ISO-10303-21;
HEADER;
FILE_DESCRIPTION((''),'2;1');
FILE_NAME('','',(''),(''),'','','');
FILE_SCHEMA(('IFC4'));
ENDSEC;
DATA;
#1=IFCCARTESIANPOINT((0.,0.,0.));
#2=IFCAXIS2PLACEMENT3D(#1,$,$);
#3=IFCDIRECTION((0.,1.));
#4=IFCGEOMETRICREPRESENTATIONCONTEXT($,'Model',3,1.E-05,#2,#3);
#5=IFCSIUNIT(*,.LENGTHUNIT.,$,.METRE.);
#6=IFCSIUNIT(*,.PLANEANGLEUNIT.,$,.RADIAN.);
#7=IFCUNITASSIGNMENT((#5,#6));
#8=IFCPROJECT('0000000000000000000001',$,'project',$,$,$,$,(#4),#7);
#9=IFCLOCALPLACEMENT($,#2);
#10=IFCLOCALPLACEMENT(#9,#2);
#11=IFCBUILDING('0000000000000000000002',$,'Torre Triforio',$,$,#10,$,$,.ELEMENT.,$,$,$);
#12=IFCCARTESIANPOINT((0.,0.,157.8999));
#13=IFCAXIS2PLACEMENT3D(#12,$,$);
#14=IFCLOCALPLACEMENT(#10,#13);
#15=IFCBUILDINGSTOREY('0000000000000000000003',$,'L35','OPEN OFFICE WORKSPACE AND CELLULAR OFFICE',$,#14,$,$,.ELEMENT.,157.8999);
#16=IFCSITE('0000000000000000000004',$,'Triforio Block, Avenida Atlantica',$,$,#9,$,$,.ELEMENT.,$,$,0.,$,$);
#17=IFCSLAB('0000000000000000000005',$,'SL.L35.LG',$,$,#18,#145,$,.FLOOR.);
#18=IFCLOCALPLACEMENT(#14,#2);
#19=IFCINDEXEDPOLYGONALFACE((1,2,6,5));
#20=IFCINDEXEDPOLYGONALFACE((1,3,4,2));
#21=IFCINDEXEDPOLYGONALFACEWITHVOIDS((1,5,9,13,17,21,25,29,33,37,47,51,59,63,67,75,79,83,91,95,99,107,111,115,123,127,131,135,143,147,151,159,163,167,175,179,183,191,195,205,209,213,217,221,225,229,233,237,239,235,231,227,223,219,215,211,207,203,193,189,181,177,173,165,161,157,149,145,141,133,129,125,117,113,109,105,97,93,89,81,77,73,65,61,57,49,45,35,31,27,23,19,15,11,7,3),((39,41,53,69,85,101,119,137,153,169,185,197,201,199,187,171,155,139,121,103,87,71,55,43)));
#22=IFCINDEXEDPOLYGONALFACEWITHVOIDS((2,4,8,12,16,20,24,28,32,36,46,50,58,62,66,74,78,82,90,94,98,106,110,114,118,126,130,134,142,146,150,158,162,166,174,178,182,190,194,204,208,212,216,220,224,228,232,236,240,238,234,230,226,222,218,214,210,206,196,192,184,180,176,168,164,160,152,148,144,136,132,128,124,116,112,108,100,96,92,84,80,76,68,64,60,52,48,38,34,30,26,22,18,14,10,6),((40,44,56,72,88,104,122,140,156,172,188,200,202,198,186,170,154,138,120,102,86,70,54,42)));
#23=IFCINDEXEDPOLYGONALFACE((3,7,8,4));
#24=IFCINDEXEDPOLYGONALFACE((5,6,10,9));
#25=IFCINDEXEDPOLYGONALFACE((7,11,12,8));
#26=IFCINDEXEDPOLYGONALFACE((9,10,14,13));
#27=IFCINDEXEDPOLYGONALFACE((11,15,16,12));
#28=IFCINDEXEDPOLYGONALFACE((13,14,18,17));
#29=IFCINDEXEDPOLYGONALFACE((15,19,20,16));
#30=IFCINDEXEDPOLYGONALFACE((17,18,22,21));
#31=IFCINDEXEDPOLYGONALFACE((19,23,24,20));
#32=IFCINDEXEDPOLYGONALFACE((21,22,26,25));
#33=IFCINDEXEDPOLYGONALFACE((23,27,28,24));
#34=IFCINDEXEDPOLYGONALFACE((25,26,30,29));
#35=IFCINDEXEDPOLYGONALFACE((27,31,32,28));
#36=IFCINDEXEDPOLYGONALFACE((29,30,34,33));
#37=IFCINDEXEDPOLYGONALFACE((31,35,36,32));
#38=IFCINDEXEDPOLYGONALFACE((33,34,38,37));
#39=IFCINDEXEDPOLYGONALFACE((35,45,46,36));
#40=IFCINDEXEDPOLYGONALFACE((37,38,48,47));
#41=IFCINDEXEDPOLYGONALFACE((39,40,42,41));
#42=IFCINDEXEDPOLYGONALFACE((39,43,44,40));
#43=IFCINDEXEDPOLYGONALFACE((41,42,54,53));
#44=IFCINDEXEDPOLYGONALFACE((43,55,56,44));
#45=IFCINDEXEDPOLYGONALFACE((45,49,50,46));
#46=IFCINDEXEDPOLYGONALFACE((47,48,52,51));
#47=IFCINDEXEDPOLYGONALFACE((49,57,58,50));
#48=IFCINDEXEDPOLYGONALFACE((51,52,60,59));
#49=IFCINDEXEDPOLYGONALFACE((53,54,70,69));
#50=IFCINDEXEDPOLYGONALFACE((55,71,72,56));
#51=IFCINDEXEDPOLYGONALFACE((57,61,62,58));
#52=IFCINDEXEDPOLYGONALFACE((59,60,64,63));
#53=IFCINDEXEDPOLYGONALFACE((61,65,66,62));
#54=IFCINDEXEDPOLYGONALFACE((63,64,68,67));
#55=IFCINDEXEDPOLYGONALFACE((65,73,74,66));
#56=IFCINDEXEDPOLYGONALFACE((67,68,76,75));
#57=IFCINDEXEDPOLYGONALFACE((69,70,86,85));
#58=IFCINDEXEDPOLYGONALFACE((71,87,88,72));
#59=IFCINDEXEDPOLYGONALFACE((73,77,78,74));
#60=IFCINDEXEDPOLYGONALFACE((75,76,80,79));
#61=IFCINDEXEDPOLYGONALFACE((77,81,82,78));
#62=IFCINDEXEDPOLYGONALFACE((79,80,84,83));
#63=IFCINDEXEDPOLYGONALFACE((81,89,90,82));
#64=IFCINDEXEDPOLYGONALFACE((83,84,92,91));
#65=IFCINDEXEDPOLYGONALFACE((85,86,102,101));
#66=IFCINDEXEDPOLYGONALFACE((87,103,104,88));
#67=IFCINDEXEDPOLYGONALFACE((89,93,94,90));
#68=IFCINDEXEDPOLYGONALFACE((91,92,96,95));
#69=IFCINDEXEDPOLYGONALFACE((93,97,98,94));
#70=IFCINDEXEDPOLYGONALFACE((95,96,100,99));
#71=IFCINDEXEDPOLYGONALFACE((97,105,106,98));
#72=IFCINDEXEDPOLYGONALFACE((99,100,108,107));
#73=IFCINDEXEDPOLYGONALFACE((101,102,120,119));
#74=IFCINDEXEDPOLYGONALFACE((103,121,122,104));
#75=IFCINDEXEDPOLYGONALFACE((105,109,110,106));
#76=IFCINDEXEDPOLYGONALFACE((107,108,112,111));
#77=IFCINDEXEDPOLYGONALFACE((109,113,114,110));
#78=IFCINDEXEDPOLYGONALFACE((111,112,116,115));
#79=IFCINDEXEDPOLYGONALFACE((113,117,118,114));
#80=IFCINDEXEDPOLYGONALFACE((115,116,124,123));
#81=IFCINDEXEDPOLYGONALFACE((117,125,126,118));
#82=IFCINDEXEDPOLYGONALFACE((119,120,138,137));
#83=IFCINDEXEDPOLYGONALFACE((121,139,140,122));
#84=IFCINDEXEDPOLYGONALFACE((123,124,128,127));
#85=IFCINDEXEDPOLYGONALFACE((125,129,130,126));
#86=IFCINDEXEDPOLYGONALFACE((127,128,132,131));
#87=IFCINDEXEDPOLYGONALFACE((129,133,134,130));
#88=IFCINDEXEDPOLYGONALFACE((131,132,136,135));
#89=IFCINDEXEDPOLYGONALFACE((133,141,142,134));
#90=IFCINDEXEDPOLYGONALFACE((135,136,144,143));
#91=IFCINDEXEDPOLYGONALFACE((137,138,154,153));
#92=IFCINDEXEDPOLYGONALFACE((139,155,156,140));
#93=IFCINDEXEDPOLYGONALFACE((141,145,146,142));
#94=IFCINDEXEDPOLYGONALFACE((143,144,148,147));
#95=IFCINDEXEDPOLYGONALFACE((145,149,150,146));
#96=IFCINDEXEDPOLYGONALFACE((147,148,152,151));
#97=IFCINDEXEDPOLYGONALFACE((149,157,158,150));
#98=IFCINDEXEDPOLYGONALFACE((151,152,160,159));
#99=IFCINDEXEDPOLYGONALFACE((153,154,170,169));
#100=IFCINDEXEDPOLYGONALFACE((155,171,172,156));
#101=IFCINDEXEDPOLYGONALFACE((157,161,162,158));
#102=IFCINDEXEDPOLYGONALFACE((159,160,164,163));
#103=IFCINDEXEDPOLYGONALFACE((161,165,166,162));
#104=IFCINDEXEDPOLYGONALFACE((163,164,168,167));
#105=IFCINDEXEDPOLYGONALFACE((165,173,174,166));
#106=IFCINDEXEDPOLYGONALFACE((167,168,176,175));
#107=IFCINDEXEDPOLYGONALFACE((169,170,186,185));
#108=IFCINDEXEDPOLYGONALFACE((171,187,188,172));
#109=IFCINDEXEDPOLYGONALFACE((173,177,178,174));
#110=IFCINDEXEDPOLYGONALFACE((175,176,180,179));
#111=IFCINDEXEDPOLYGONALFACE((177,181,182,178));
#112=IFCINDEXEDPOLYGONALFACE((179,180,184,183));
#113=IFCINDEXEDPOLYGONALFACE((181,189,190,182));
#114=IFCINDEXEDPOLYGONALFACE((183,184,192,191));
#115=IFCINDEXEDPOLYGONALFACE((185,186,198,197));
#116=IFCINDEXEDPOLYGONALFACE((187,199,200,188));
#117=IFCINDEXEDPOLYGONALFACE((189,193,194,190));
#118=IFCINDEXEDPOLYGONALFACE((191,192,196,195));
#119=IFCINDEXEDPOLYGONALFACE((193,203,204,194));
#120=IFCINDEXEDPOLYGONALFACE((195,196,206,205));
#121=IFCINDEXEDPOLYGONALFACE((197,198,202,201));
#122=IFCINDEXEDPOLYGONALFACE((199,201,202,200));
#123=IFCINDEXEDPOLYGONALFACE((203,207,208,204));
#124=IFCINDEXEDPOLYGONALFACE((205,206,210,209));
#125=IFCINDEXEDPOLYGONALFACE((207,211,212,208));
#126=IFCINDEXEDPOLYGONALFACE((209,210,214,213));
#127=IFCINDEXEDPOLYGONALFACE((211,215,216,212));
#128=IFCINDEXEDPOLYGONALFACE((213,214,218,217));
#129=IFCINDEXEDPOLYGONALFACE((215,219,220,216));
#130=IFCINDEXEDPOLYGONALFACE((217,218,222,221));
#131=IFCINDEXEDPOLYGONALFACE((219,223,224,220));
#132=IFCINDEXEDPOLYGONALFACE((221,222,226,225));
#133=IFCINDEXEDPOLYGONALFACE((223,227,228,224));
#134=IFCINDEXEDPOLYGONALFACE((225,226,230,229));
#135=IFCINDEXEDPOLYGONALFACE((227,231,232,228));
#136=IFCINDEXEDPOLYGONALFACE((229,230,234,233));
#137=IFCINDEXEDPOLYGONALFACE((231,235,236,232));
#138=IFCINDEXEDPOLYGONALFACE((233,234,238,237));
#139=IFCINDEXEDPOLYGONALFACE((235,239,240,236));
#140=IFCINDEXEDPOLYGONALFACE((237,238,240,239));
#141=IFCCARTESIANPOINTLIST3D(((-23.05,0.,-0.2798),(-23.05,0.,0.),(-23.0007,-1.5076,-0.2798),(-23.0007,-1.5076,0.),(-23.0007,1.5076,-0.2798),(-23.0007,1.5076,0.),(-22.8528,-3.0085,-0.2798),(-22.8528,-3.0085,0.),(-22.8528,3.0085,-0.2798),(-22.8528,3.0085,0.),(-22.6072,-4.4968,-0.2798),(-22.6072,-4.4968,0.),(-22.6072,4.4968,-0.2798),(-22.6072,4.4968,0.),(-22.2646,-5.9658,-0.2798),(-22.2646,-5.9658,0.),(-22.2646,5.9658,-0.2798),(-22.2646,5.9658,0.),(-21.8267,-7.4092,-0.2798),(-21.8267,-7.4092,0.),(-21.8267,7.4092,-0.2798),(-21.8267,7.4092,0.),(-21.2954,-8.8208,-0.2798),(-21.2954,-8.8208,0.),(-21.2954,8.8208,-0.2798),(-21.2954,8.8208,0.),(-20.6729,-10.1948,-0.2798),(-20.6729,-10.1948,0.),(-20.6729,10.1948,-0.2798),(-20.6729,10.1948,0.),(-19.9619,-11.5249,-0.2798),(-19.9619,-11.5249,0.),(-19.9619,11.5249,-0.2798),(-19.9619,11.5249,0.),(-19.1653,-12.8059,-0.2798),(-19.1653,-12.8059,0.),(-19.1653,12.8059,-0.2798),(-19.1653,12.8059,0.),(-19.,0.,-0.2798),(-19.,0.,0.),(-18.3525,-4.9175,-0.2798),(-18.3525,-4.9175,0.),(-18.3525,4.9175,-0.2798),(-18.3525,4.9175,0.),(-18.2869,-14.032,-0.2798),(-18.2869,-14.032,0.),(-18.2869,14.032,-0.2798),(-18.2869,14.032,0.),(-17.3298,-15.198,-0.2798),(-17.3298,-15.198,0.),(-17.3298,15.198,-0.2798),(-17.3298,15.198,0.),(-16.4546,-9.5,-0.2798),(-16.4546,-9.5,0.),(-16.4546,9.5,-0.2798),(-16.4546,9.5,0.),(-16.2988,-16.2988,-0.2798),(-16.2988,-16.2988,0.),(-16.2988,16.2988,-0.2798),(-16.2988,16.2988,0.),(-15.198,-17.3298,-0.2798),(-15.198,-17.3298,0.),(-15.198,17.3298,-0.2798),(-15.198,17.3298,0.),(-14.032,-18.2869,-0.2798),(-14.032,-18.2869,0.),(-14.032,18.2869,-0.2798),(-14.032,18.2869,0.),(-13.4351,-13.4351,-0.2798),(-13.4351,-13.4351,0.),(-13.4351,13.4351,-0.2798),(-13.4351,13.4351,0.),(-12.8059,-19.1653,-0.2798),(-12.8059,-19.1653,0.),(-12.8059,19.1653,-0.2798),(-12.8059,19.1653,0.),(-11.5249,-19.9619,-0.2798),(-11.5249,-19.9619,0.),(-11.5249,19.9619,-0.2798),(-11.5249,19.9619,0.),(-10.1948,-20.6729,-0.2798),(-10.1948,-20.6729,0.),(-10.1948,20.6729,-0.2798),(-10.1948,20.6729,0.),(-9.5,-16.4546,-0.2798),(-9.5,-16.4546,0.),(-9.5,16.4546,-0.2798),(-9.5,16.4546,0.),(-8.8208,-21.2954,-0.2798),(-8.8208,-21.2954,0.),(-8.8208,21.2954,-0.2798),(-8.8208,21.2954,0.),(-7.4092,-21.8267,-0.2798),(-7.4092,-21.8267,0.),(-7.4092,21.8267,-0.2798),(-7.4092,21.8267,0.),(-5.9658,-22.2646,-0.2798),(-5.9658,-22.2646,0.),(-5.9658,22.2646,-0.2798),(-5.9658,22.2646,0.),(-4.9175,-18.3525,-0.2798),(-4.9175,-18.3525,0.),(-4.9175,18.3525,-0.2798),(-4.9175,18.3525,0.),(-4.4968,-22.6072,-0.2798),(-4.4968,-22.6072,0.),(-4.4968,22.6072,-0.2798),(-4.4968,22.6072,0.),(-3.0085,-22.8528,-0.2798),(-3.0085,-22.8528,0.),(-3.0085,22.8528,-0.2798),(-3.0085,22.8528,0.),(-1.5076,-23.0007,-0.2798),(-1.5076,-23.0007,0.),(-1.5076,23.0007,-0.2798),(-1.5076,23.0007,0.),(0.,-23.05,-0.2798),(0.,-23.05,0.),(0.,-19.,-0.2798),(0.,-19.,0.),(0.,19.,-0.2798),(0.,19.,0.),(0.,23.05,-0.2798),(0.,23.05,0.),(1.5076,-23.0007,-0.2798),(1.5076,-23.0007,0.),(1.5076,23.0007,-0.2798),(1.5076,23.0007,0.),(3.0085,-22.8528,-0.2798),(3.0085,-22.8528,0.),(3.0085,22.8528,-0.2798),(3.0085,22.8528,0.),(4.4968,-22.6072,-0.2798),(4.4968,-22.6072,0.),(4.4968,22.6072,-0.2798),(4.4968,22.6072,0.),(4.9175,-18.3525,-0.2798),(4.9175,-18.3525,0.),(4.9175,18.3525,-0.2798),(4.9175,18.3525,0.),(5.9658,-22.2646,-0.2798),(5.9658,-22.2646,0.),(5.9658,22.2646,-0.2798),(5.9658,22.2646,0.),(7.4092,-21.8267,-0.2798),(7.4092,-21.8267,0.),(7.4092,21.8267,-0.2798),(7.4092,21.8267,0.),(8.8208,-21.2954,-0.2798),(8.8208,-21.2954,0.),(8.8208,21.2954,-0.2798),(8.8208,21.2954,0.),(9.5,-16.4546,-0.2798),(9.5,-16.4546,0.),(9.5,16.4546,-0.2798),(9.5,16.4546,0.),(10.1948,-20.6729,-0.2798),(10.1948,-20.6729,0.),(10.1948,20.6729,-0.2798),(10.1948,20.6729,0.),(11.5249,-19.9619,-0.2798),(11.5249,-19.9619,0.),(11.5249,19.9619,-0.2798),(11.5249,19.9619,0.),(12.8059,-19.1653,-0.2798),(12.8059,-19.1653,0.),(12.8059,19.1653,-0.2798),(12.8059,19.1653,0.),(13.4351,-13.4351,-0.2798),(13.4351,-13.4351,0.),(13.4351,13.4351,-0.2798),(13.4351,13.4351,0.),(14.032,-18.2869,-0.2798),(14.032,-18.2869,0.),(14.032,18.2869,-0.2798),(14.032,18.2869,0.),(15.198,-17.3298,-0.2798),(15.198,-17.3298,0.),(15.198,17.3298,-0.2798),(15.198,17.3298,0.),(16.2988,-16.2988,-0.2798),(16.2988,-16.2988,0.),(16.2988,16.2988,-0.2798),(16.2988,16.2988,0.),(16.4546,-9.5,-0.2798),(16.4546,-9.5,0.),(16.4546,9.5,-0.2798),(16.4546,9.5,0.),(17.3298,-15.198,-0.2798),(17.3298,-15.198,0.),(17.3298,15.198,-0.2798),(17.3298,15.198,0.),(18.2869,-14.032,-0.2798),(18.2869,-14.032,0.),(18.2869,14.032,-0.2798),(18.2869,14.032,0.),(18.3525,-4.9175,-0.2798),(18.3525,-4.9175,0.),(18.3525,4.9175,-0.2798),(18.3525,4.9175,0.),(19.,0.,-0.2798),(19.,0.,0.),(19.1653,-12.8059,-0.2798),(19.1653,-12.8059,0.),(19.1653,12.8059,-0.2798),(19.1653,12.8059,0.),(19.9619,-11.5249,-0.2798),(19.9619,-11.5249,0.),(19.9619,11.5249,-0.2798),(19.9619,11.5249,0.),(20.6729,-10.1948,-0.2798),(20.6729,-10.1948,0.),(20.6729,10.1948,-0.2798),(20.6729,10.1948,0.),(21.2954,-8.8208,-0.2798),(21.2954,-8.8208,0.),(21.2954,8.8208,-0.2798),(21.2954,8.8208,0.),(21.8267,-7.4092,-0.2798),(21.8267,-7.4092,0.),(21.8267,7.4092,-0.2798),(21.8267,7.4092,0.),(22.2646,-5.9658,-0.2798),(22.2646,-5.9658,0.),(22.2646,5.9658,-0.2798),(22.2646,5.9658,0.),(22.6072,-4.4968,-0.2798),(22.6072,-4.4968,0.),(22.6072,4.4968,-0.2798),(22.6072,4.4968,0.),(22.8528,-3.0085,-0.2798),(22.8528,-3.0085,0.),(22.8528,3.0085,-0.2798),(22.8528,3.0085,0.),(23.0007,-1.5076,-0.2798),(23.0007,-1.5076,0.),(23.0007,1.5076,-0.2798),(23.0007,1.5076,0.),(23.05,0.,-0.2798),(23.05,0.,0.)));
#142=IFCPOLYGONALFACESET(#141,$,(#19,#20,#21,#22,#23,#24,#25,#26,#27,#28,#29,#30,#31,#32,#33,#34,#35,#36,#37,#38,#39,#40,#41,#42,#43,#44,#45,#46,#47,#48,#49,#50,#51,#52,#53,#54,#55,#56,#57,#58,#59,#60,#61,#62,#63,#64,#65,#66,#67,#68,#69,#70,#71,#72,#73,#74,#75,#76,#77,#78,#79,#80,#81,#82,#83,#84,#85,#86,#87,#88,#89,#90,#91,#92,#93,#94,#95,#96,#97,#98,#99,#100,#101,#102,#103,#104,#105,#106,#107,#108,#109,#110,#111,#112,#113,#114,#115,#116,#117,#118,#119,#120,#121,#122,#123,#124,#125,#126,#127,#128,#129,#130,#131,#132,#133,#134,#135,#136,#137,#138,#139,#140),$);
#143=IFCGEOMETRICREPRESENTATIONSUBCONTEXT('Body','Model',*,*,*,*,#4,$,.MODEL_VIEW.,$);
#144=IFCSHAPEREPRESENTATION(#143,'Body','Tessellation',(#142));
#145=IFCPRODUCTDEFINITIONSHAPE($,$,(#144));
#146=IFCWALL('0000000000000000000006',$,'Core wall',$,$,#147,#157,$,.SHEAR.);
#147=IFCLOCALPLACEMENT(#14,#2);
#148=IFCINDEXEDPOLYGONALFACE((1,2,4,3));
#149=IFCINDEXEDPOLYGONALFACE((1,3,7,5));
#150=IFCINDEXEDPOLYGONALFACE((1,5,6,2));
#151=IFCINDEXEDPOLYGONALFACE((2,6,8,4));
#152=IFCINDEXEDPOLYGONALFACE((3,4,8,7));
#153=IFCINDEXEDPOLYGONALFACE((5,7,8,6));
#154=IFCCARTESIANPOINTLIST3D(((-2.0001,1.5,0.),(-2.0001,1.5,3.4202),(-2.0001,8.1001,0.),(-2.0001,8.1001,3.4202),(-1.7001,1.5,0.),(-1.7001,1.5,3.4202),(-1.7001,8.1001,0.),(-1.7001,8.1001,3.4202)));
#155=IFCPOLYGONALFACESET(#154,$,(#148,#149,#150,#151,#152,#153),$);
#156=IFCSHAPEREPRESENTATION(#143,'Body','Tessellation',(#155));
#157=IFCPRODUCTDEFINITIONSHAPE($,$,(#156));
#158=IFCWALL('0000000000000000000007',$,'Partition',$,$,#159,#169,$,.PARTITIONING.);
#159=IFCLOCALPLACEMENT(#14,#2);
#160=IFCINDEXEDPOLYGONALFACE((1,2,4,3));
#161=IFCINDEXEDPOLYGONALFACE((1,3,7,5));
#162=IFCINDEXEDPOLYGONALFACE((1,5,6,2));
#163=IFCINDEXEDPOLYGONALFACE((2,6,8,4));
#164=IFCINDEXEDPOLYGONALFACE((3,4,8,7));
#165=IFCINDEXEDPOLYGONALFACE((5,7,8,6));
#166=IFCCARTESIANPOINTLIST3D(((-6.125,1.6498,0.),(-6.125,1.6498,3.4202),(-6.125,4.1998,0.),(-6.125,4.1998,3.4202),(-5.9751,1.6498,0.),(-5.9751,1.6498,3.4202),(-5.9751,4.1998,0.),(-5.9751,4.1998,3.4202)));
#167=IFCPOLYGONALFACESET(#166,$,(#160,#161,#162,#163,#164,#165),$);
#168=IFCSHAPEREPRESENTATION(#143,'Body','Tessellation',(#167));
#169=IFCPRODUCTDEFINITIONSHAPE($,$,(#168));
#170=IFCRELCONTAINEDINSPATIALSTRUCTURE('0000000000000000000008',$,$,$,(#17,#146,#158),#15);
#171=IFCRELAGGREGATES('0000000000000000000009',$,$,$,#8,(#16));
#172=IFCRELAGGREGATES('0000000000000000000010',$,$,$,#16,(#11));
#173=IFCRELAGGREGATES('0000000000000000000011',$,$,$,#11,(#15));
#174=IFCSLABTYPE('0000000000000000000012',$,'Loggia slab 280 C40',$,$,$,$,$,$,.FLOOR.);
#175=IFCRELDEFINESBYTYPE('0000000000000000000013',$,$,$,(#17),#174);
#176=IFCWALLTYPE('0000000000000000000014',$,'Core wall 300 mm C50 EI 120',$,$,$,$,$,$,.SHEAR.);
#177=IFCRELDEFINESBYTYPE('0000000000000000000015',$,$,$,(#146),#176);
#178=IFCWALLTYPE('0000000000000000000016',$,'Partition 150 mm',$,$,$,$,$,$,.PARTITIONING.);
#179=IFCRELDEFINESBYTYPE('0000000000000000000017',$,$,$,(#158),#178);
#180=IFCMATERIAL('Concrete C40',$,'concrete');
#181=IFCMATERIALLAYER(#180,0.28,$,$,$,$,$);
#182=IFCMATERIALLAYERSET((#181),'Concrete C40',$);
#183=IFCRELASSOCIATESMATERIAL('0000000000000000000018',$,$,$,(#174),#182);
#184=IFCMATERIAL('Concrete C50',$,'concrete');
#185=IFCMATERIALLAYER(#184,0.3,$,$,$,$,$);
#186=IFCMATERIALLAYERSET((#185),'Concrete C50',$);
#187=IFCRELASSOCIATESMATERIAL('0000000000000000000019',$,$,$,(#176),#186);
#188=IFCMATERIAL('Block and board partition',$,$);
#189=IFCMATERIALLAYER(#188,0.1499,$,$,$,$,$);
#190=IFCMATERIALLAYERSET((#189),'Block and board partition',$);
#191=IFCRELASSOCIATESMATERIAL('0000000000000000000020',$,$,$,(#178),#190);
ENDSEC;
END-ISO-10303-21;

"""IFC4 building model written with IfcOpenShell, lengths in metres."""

from ifc_helpers import new_model, si_unit, direction, frame, frame_2d, origin, place, context, subcontext, project, spatial, polyline, rectangle, outline, extrude, material, layer, layer_set, type_object, element, save


model = new_model("IFC4")

# Units and contexts
model_context = context("Model", 3, precision=1e-05, world=origin(), true_north=direction((0.0, 1.0)))
body_context = subcontext(model_context, "Body", "Model", "MODEL_VIEW")
ifc_project = project(units=[si_unit("LENGTHUNIT", "METRE"), si_unit("PLANEANGLEUNIT", "RADIAN")], contexts=[model_context])

# Site, building, storey
site_placement = place(None, origin())
site = spatial("IfcSite", under=ifc_project, at=site_placement, Name="Triforio Block, Avenida Atlantica", CompositionType="ELEMENT", RefElevation=0.0)
building_placement = place(site_placement, origin())
building = spatial("IfcBuilding", under=site, at=building_placement, Name="Torre Triforio", CompositionType="ELEMENT")
storey_placement = place(building_placement, frame((0.0, 0.0, 157.8999)))
storey = spatial("IfcBuildingStorey", under=building, at=storey_placement, Name="L35", Description="OPEN OFFICE WORKSPACE AND CELLULAR OFFICE", CompositionType="ELEMENT", Elevation=157.8999)

# Shared definitions
ifc_material_1 = material(Name="Concrete C40", Category="concrete")

# Slab
ifc_layer_1 = layer(ifc_material_1, 0.28)
ifc_layer_set_1 = layer_set([ifc_layer_1], Name="Concrete C40")
slab_type_1 = type_object("IfcSlabType", Name="Loggia slab 280 C40", PredefinedType="FLOOR", material=ifc_layer_set_1)
slab_1_placement = place(storey_placement, frame((0.0, 0.0, -0.2798)))
element("IfcSlab", 1, at=slab_1_placement, inside=storey, type_object=slab_type_1, Name="SL.L35.LG", PredefinedType="FLOOR", context=body_context, shape_type="SweptSolid", body=[
    extrude(outline(polyline([(23.0007, -1.5076), (23.05, 0.0), (23.0007, 1.5076), (22.8528, 3.0085), (22.6072, 4.4968), (22.2646, 5.9658), (21.8267, 7.4092), (21.2954, 8.8208), (20.6729, 10.1948), (19.9619, 11.5249), (19.1653, 12.8059), (18.2869, 14.032), (17.3298, 15.198), (16.2988, 16.2988), (15.198, 17.3298), (14.032, 18.2869), (12.8059, 19.1653), (11.5249, 19.9619), (10.1948, 20.6729), (8.8208, 21.2954), (7.4092, 21.8267), (5.9658, 22.2646), (4.4968, 22.6072), (3.0085, 22.8528), (1.5076, 23.0007), (0.0, 23.05), (-1.5076, 23.0007), (-3.0085, 22.8528), (-4.4968, 22.6072), (-5.9658, 22.2646), (-7.4092, 21.8267), (-8.8208, 21.2954), (-10.1948, 20.6729), (-11.5249, 19.9619), (-12.8059, 19.1653), (-14.032, 18.2869), (-15.198, 17.3298), (-16.2988, 16.2988), (-17.3298, 15.198), (-18.2869, 14.032), (-19.1653, 12.8059), (-19.9619, 11.5249), (-20.6729, 10.1948), (-21.2954, 8.8208), (-21.8267, 7.4092), (-22.2646, 5.9658), (-22.6072, 4.4968), (-22.8528, 3.0085), (-23.0007, 1.5076), (-23.05, 0.0), (-23.0007, -1.5076), (-22.8528, -3.0085), (-22.6072, -4.4968), (-22.2646, -5.9658), (-21.8267, -7.4092), (-21.2954, -8.8208), (-20.6729, -10.1948), (-19.9619, -11.5249), (-19.1653, -12.8059), (-18.2869, -14.032), (-17.3298, -15.198), (-16.2988, -16.2988), (-15.198, -17.3298), (-14.032, -18.2869), (-12.8059, -19.1653), (-11.5249, -19.9619), (-10.1948, -20.6729), (-8.8208, -21.2954), (-7.4092, -21.8267), (-5.9658, -22.2646), (-4.4968, -22.6072), (-3.0085, -22.8528), (-1.5076, -23.0007), (0.0, -23.05), (1.5076, -23.0007), (3.0085, -22.8528), (4.4968, -22.6072), (5.9658, -22.2646), (7.4092, -21.8267), (8.8208, -21.2954), (10.1948, -20.6729), (11.5249, -19.9619), (12.8059, -19.1653), (14.032, -18.2869), (15.198, -17.3298), (16.2988, -16.2988), (17.3298, -15.198), (18.2869, -14.032), (19.1653, -12.8059), (19.9619, -11.5249), (20.6729, -10.1948), (21.2954, -8.8208), (21.8267, -7.4092), (22.2646, -5.9658), (22.6072, -4.4968), (22.8528, -3.0085), (23.0007, -1.5076)]), holes=[polyline([(18.3525, 4.9175), (19.0, 0.0), (18.3525, -4.9175), (16.4546, -9.5), (13.4351, -13.4351), (9.5, -16.4546), (4.9175, -18.3525), (0.0, -19.0), (-4.9175, -18.3525), (-9.5, -16.4546), (-13.4351, -13.4351), (-16.4546, -9.5), (-18.3525, -4.9175), (-19.0, 0.0), (-18.3525, 4.9175), (-16.4546, 9.5), (-13.4351, 13.4351), (-9.5, 16.4546), (-4.9175, 18.3525), (0.0, 19.0), (4.9175, 18.3525), (9.5, 16.4546), (13.4351, 13.4351), (16.4546, 9.5), (18.3525, 4.9175)])]), origin(), (0.0, 0.0, 1.0), 0.2798),
])

# Walls
ifc_material_2 = material(Name="Concrete C50", Category="concrete")
ifc_layer_2 = layer(ifc_material_2, 0.3)
ifc_layer_set_2 = layer_set([ifc_layer_2], Name="Concrete C50")
wall_type_1 = type_object("IfcWallType", Name="Core wall 300 mm C50 EI 120", PredefinedType="SHEAR", material=ifc_layer_set_2)
wall_1_placement = place(storey_placement, frame((-1.8501, 1.5, 0.0), z_axis=(0.0, 0.0, 1.0), x_axis=(0.0, 1.0, 0.0)))
element("IfcWall", 2, at=wall_1_placement, inside=storey, type_object=wall_type_1, Name="Core wall", PredefinedType="SHEAR", context=body_context, shape_type="SweptSolid", body=[
    extrude(rectangle(XDim=6.6001, YDim=0.3, at=frame_2d((3.3, 0.0))), origin(), (0.0, 0.0, 1.0), 3.4202),
])
ifc_material_3 = material(Name="Block and board partition")
ifc_layer_3 = layer(ifc_material_3, 0.1499)
ifc_layer_set_3 = layer_set([ifc_layer_3], Name="Block and board partition")
wall_type_2 = type_object("IfcWallType", Name="Partition 150 mm", PredefinedType="PARTITIONING", material=ifc_layer_set_3)
wall_2_placement = place(storey_placement, frame((-6.05, 1.6499, 0.0), z_axis=(0.0, 0.0, 1.0), x_axis=(0.0, 1.0, 0.0)))
element("IfcWall", 3, at=wall_2_placement, inside=storey, type_object=wall_type_2, Name="Partition", PredefinedType="PARTITIONING", context=body_context, shape_type="SweptSolid", body=[
    extrude(rectangle(XDim=2.55, YDim=0.1499, at=frame_2d((1.2749, 0.0))), origin(), (0.0, 0.0, 1.0), 3.4202),
])

save(model, "model.ifc")
